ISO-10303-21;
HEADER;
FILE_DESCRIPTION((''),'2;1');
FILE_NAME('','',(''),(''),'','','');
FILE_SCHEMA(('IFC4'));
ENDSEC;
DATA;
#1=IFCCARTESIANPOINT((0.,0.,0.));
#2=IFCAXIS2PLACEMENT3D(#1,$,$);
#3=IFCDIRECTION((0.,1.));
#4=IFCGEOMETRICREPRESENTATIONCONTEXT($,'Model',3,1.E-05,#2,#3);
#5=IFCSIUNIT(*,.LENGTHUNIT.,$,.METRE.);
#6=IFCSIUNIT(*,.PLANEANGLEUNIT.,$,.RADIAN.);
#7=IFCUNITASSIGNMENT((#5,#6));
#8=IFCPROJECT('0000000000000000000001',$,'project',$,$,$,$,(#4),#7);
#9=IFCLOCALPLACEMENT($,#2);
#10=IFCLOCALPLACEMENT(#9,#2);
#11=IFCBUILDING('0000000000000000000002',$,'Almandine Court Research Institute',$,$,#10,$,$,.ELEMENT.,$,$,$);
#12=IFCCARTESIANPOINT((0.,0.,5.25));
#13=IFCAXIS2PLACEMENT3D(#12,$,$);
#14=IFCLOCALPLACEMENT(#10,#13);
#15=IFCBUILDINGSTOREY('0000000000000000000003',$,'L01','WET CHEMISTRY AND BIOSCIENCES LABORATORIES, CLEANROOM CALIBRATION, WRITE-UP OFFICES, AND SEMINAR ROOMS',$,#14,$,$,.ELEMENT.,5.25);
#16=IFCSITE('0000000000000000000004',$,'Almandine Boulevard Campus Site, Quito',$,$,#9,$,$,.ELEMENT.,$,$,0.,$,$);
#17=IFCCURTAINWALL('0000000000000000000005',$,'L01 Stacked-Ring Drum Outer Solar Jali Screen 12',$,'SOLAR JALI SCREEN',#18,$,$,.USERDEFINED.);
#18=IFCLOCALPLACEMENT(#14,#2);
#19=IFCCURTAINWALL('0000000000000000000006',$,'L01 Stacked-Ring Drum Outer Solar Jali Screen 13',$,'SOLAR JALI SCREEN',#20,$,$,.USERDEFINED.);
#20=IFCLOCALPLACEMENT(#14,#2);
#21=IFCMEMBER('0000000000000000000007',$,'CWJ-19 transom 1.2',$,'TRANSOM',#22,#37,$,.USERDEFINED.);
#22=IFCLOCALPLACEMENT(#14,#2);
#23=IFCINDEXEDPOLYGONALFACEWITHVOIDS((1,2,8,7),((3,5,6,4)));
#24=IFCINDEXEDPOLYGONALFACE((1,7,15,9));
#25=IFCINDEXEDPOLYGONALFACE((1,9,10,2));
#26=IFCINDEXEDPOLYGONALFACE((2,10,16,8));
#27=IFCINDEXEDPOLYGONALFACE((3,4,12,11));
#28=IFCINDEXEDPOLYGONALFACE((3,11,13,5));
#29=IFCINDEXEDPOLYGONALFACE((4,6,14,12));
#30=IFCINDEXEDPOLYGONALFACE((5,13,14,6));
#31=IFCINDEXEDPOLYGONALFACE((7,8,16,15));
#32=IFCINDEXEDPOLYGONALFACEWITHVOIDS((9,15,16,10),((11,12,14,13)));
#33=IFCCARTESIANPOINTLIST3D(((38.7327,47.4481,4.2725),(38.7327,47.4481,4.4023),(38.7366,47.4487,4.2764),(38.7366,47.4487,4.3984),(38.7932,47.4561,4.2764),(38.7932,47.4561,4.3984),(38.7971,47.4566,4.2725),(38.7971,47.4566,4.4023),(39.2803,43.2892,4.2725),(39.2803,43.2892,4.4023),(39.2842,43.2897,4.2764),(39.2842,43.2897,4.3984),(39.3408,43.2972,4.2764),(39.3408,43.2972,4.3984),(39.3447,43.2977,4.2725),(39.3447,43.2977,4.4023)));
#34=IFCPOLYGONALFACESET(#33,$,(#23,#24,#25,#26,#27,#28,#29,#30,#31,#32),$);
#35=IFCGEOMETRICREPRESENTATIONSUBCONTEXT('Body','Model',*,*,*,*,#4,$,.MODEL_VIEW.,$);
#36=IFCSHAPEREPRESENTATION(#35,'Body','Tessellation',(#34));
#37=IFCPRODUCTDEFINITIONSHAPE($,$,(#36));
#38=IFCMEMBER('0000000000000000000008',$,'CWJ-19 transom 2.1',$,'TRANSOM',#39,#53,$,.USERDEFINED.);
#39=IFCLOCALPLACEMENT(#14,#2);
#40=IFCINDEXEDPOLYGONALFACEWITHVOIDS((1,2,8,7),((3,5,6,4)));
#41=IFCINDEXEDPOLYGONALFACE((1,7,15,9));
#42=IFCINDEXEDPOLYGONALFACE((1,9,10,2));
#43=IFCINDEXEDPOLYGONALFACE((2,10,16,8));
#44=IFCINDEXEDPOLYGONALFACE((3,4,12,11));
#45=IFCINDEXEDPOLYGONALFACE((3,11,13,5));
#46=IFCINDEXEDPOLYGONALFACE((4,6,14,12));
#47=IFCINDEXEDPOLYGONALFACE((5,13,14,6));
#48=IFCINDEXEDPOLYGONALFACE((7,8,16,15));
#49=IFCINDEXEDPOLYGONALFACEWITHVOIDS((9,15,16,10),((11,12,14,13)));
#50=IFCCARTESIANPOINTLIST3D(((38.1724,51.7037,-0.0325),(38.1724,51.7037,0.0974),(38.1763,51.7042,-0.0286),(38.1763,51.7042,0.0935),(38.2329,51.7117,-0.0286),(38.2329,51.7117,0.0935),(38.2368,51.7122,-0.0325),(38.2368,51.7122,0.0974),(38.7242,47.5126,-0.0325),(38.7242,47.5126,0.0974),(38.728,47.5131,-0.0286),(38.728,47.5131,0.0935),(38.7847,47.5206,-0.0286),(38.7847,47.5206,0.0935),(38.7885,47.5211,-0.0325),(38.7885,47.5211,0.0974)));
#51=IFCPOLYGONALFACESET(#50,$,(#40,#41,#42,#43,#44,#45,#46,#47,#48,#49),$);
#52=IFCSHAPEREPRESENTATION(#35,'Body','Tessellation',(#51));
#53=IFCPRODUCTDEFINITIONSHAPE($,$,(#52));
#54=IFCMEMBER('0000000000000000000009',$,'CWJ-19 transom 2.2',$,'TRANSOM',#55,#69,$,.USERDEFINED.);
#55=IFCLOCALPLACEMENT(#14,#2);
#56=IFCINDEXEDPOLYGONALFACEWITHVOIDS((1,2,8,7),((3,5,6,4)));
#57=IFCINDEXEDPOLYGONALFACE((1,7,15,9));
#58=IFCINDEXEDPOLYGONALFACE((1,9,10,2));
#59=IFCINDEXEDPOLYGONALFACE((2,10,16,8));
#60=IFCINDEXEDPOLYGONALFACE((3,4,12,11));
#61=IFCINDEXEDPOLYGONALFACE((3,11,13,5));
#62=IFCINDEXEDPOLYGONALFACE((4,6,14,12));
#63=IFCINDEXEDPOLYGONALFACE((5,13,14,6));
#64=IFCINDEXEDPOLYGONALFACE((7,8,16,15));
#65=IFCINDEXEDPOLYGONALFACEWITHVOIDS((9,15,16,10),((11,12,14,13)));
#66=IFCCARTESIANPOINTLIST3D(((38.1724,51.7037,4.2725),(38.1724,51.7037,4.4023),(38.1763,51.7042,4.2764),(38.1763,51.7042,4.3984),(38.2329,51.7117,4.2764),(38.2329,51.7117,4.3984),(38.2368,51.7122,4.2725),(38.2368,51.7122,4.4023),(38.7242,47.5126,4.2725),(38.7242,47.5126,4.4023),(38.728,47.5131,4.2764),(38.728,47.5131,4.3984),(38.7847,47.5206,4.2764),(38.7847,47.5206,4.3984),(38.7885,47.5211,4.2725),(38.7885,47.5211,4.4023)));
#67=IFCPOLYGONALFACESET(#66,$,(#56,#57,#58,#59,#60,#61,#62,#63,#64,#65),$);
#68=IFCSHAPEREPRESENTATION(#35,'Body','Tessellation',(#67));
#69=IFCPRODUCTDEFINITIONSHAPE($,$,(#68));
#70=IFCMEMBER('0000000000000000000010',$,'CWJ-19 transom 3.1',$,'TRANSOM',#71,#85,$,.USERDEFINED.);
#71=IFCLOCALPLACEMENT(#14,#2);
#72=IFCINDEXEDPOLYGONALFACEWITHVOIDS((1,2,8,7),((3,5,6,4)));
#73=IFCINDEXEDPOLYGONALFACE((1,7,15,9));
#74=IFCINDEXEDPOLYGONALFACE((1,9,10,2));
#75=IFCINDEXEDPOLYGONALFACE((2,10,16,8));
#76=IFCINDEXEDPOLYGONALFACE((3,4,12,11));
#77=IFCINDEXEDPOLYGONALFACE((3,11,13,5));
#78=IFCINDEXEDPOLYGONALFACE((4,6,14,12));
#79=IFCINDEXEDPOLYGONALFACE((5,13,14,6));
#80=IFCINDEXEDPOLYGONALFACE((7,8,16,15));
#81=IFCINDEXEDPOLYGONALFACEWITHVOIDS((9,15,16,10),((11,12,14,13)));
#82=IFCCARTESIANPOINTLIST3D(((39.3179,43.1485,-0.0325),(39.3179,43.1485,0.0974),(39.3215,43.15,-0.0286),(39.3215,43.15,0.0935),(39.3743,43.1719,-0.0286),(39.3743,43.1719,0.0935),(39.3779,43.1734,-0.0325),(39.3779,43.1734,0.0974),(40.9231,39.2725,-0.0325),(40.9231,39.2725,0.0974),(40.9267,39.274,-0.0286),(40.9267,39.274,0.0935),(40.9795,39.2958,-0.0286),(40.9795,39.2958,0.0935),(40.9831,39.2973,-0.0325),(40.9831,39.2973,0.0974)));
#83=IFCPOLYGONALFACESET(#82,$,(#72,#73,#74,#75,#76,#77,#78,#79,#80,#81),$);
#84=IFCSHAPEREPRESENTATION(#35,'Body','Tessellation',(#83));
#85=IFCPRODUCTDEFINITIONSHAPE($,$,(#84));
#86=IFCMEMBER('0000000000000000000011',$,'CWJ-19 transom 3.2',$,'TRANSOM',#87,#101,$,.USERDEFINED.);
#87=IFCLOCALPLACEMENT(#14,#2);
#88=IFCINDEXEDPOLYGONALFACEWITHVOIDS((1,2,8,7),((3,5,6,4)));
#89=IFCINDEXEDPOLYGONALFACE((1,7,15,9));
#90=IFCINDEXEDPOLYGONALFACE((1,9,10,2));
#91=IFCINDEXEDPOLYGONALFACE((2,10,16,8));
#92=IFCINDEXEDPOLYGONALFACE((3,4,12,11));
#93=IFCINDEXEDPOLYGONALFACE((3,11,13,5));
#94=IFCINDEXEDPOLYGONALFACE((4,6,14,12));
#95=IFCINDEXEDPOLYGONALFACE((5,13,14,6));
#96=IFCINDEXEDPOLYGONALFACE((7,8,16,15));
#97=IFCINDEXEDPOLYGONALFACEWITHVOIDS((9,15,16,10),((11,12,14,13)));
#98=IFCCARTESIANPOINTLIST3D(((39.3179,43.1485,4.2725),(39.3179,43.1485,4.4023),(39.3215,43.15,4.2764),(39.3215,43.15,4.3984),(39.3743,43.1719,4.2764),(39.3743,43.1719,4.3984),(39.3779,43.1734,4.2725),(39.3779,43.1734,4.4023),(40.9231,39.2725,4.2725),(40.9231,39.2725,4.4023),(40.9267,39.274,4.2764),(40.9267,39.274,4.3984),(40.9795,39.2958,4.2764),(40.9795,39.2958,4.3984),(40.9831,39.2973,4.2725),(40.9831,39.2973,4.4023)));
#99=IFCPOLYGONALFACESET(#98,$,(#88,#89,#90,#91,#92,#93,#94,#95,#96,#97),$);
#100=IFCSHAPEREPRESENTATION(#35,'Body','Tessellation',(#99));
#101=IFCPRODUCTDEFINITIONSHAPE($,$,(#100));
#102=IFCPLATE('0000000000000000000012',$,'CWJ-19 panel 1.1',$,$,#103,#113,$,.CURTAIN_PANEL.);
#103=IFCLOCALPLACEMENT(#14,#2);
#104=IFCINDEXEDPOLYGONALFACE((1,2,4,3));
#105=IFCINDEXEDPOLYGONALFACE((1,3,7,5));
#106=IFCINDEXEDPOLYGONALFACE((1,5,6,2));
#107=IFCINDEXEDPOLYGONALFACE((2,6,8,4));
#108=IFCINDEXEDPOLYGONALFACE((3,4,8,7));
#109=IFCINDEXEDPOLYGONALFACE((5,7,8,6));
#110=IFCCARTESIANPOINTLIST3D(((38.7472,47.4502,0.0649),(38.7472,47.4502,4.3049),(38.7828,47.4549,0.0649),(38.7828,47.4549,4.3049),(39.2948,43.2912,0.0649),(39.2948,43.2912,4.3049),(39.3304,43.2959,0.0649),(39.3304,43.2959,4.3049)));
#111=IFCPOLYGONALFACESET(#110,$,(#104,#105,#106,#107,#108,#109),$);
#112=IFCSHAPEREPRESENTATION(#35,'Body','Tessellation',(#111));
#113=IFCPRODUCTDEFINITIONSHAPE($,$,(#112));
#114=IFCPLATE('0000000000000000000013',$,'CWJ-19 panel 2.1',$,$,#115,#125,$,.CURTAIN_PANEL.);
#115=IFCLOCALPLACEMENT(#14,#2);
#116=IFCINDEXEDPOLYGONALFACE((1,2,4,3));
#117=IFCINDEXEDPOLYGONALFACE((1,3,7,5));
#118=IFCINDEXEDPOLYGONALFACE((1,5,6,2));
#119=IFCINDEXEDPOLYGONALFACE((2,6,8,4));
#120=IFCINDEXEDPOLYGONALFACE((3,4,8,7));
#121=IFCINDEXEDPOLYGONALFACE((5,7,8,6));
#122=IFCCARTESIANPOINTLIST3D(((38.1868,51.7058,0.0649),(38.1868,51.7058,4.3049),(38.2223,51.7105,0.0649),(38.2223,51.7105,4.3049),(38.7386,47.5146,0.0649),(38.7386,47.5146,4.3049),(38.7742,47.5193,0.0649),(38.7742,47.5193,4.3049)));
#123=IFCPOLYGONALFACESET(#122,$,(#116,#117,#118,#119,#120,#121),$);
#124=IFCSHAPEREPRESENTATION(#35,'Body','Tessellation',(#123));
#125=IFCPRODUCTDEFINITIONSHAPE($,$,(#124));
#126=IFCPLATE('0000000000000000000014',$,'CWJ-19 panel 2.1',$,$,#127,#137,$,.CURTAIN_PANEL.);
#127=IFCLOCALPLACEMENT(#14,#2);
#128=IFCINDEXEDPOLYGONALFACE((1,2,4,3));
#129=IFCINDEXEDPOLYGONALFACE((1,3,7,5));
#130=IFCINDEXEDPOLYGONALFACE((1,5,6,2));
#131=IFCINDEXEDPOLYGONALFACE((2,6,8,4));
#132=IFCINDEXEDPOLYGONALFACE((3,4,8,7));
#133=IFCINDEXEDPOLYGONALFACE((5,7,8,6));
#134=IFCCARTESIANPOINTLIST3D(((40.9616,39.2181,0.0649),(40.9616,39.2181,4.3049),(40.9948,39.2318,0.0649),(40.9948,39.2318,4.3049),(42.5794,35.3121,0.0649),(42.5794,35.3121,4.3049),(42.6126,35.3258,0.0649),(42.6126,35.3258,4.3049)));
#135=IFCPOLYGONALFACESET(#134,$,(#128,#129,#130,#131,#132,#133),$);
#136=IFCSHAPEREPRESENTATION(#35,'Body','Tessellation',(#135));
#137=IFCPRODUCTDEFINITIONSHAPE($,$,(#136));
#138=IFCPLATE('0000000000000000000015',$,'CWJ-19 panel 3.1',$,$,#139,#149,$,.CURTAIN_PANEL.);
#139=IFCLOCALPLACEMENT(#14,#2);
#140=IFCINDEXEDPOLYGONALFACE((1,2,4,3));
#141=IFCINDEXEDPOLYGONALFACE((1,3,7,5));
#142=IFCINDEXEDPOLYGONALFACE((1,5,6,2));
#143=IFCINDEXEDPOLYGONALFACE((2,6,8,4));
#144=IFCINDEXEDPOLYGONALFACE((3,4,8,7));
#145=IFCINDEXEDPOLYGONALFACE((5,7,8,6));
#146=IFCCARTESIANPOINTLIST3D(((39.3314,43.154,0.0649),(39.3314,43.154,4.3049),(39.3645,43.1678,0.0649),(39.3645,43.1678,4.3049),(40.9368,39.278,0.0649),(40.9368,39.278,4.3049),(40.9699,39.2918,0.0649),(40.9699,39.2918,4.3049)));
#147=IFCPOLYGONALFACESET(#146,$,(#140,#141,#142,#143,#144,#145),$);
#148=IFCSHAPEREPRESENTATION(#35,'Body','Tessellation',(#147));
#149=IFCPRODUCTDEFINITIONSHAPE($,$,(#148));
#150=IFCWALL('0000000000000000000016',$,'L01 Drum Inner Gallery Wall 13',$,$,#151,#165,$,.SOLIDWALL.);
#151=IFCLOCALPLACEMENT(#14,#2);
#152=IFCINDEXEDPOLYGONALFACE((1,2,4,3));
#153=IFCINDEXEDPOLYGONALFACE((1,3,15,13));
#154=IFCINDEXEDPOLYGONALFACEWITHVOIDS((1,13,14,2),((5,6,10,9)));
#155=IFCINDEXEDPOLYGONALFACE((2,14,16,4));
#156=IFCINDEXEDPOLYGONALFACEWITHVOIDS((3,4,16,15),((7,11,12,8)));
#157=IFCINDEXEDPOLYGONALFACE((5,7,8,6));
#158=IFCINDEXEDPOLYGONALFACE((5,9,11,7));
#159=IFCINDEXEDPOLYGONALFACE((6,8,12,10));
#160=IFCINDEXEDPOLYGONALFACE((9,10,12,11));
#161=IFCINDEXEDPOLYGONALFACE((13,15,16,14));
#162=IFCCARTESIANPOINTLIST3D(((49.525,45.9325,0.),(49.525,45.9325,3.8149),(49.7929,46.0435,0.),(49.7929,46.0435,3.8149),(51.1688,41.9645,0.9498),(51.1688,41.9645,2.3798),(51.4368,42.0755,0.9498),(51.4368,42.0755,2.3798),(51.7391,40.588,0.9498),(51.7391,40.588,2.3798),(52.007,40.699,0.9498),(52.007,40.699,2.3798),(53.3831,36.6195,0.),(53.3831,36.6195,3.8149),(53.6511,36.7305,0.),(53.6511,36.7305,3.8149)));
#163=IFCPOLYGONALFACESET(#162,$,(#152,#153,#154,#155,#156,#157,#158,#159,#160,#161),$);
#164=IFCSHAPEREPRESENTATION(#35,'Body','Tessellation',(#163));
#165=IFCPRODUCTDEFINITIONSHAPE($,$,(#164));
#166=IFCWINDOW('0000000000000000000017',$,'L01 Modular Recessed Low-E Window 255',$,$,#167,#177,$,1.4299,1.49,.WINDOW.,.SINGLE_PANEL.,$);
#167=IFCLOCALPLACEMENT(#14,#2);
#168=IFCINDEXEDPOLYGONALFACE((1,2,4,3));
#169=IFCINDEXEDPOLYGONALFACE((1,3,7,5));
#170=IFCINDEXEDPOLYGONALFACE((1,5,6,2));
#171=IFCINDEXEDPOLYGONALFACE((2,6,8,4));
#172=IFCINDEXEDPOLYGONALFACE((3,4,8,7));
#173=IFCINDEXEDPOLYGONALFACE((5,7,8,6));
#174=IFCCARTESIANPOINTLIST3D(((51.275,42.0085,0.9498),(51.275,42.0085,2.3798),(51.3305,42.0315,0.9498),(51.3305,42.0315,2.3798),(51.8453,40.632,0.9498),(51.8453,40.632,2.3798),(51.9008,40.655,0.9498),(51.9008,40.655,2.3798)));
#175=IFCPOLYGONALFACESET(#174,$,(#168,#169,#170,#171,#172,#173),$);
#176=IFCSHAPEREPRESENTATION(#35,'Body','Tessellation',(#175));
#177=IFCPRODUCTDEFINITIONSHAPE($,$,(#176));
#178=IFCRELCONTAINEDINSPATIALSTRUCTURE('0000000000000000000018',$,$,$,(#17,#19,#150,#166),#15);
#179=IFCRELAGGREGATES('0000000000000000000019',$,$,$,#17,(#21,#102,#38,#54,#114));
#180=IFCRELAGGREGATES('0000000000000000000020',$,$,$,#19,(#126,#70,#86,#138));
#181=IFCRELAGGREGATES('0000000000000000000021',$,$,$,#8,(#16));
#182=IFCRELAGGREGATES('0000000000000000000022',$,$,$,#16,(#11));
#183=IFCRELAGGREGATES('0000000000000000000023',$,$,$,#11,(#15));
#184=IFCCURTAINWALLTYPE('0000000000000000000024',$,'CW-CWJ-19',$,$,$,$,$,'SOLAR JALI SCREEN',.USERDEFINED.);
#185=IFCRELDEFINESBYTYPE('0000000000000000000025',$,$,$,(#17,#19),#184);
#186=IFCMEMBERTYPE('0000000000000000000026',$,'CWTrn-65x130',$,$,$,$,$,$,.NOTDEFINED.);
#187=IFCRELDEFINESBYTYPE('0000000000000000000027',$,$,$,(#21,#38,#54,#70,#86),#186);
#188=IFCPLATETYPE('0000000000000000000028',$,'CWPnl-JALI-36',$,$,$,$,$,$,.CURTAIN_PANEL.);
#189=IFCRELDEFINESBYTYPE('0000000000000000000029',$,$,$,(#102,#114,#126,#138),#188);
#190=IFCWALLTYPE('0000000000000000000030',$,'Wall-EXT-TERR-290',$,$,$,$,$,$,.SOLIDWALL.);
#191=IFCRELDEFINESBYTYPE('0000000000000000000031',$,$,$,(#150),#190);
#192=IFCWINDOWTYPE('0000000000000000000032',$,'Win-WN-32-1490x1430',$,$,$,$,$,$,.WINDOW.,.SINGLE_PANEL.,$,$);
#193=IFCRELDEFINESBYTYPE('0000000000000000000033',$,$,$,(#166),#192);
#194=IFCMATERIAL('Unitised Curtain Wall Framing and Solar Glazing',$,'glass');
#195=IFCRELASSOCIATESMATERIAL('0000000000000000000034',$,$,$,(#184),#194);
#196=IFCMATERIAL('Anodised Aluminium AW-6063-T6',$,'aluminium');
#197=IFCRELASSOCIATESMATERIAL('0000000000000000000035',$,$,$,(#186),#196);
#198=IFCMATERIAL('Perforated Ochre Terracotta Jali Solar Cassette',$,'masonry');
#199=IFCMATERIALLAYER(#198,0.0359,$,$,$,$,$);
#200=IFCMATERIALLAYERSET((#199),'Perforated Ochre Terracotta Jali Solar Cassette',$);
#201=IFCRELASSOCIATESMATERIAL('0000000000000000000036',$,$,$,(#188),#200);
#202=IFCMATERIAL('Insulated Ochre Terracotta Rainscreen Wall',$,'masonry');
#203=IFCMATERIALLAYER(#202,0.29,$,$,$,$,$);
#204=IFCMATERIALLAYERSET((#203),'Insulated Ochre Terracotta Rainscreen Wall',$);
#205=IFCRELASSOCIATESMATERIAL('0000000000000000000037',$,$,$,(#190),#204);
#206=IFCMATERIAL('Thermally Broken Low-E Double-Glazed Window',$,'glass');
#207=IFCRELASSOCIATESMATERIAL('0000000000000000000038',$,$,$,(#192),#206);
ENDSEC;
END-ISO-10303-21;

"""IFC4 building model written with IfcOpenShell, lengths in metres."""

from ifc_helpers import new_model, si_unit, direction, frame, frame_2d, origin, origin_2d, place, context, subcontext, project, spatial, rectangle, hollow_rectangle, extrude, material, layer, layer_set, material_profile, profile_set, type_object, element, fill, aggregate, save


model = new_model("IFC4")

# Units and contexts
model_context = context("Model", 3, precision=1e-05, world=origin(), true_north=direction((0.0, 1.0)))
body_context = subcontext(model_context, "Body", "Model", "MODEL_VIEW")
ifc_project = project(units=[si_unit("LENGTHUNIT", "METRE"), si_unit("PLANEANGLEUNIT", "RADIAN")], contexts=[model_context])

# Site, building, storey
site_placement = place(None, origin())
site = spatial("IfcSite", under=ifc_project, at=site_placement, Name="Almandine Boulevard Campus Site, Quito", CompositionType="ELEMENT", RefElevation=0.0)
building_placement = place(site_placement, origin())
building = spatial("IfcBuilding", under=site, at=building_placement, Name="Almandine Court Research Institute", CompositionType="ELEMENT")
storey_placement = place(building_placement, frame((0.0, 0.0, 5.25)))
storey = spatial("IfcBuildingStorey", under=building, at=storey_placement, Name="L01", Description="WET CHEMISTRY AND BIOSCIENCES LABORATORIES, CLEANROOM CALIBRATION, WRITE-UP OFFICES, AND SEMINAR ROOMS", CompositionType="ELEMENT", Elevation=5.25)

# Curtain walls
ifc_material_1 = material(Name="Unitised Curtain Wall Framing and Solar Glazing", Category="glass")
curtain_wall_type = type_object("IfcCurtainWallType", Name="CW-CWJ-19", ElementType="SOLAR JALI SCREEN", PredefinedType="USERDEFINED", material=ifc_material_1)
curtain_wall_1_placement = place(storey_placement, origin())
curtain_wall_1 = element("IfcCurtainWall", 1, at=curtain_wall_1_placement, inside=storey, type_object=curtain_wall_type, Name="L01 Stacked-Ring Drum Outer Solar Jali Screen 12", ObjectType="SOLAR JALI SCREEN", PredefinedType="USERDEFINED")
ifc_material_2 = material(Name="Anodised Aluminium AW-6063-T6", Category="aluminium")
curtain_wall_2_placement = place(storey_placement, origin())
curtain_wall_2 = element("IfcCurtainWall", 2, at=curtain_wall_2_placement, inside=storey, type_object=curtain_wall_type, Name="L01 Stacked-Ring Drum Outer Solar Jali Screen 13", ObjectType="SOLAR JALI SCREEN", PredefinedType="USERDEFINED")

# Members
ifc_material_profile_1 = material_profile(ifc_material_2, hollow_rectangle(XDim=0.0649, YDim=0.1299, WallThickness=0.0039, at=origin_2d()), Name="ALU RHS 65x130x4")
ifc_profile_set_1 = profile_set([ifc_material_profile_1], Name="Anodised Aluminium AW-6063-T6")
member_type_1 = type_object("IfcMemberType", Name="CWTrn-65x130", PredefinedType="NOTDEFINED", material=ifc_profile_set_1)
member_1_placement = place(storey_placement, frame((39.3125, 43.2935, 4.3374), z_axis=(-0.130543, 0.991443, 0.0), x_axis=(-0.991443, -0.130543, 0.0)))
member_1 = element("IfcMember", 3, at=member_1_placement, type_object=member_type_1, Name="CWJ-19 transom 1.2", ObjectType="TRANSOM", PredefinedType="USERDEFINED", context=body_context, shape_type="SweptSolid", body=[
    extrude(hollow_rectangle(XDim=0.0649, YDim=0.1299, WallThickness=0.0039, at=origin_2d()), origin(), (0.0, 0.0, 1.0), 4.1948),
])
member_2_placement = place(storey_placement, frame((38.7563, 47.5168, 0.0325), z_axis=(-0.130522, 0.991445, 0.0), x_axis=(-0.991445, -0.130522, 0.0)))
member_2 = element("IfcMember", 4, at=member_2_placement, type_object=member_type_1, Name="CWJ-19 transom 2.1", ObjectType="TRANSOM", PredefinedType="USERDEFINED", context=body_context, shape_type="SweptSolid", body=[
    extrude(hollow_rectangle(XDim=0.0649, YDim=0.1299, WallThickness=0.0039, at=origin_2d()), origin(), (0.0, 0.0, 1.0), 4.2273),
])
member_3_placement = place(storey_placement, frame((38.7563, 47.5168, 4.3374), z_axis=(-0.130522, 0.991445, 0.0), x_axis=(-0.991445, -0.130522, 0.0)))
member_3 = element("IfcMember", 5, at=member_3_placement, type_object=member_type_1, Name="CWJ-19 transom 2.2", ObjectType="TRANSOM", PredefinedType="USERDEFINED", context=body_context, shape_type="SweptSolid", body=[
    extrude(hollow_rectangle(XDim=0.0649, YDim=0.1299, WallThickness=0.0039, at=origin_2d()), origin(), (0.0, 0.0, 1.0), 4.2273),
])
member_4_placement = place(storey_placement, frame((40.9531, 39.2849, 0.0325), z_axis=(-0.382631, 0.923901, 0.0), x_axis=(-0.923901, -0.382631, 0.0)))
member_4 = element("IfcMember", 6, at=member_4_placement, type_object=member_type_1, Name="CWJ-19 transom 3.1", ObjectType="TRANSOM", PredefinedType="USERDEFINED", context=body_context, shape_type="SweptSolid", body=[
    extrude(hollow_rectangle(XDim=0.0649, YDim=0.1299, WallThickness=0.0039, at=origin_2d()), origin(), (0.0, 0.0, 1.0), 4.1953),
])
member_5_placement = place(storey_placement, frame((40.9531, 39.2849, 4.3374), z_axis=(-0.382631, 0.923901, 0.0), x_axis=(-0.923901, -0.382631, 0.0)))
member_5 = element("IfcMember", 7, at=member_5_placement, type_object=member_type_1, Name="CWJ-19 transom 3.2", ObjectType="TRANSOM", PredefinedType="USERDEFINED", context=body_context, shape_type="SweptSolid", body=[
    extrude(hollow_rectangle(XDim=0.0649, YDim=0.1299, WallThickness=0.0039, at=origin_2d()), origin(), (0.0, 0.0, 1.0), 4.1953),
])

# Plates
ifc_material_3 = material(Name="Perforated Ochre Terracotta Jali Solar Cassette", Category="masonry")
ifc_layer_1 = layer(ifc_material_3, 0.0359)
ifc_layer_set_1 = layer_set([ifc_layer_1], Name="Perforated Ochre Terracotta Jali Solar Cassette")
plate_type = type_object("IfcPlateType", Name="CWPnl-JALI-36", PredefinedType="CURTAIN_PANEL", material=ifc_layer_set_1)
plate_1_placement = place(storey_placement, frame((39.0388, 45.373, 0.0649), z_axis=(0.0, 0.0, 1.0), x_axis=(-0.130541, 0.991443, 0.0)))
plate_1 = element("IfcPlate", 8, at=plate_1_placement, type_object=plate_type, Name="CWJ-19 panel 1.1", PredefinedType="CURTAIN_PANEL", context=body_context, shape_type="SweptSolid", body=[
    extrude(rectangle(XDim=4.1948, YDim=0.0359, at=origin_2d()), origin(), (0.0, 0.0, 1.0), 4.24),
])
plate_2_placement = place(storey_placement, frame((38.4805, 49.6125, 0.0649), z_axis=(0.0, 0.0, 1.0), x_axis=(-0.130541, 0.991443, 0.0)))
plate_2 = element("IfcPlate", 9, at=plate_2_placement, type_object=plate_type, Name="CWJ-19 panel 2.1", PredefinedType="CURTAIN_PANEL", context=body_context, shape_type="SweptSolid", body=[
    extrude(rectangle(XDim=4.2273, YDim=0.0359, at=origin_2d()), origin(), (0.0, 0.0, 1.0), 4.24),
])
aggregate(curtain_wall_1, [member_1, plate_1, member_2, member_3, plate_2])
plate_3_placement = place(storey_placement, frame((41.7871, 37.272, 0.0649), z_axis=(0.0, 0.0, 1.0), x_axis=(-0.382663, 0.923888, 0.0)))
plate_3 = element("IfcPlate", 10, at=plate_3_placement, type_object=plate_type, Name="CWJ-19 panel 2.1", PredefinedType="CURTAIN_PANEL", context=body_context, shape_type="SweptSolid", body=[
    extrude(rectangle(XDim=4.2278, YDim=0.0359, at=origin_2d()), origin(), (0.0, 0.0, 1.0), 4.24),
])
plate_4_placement = place(storey_placement, frame((40.1506, 41.2229, 0.0649), z_axis=(0.0, 0.0, 1.0), x_axis=(-0.382663, 0.923888, 0.0)))
plate_4 = element("IfcPlate", 11, at=plate_4_placement, type_object=plate_type, Name="CWJ-19 panel 3.1", PredefinedType="CURTAIN_PANEL", context=body_context, shape_type="SweptSolid", body=[
    extrude(rectangle(XDim=4.1953, YDim=0.0359, at=origin_2d()), origin(), (0.0, 0.0, 1.0), 4.24),
])
aggregate(curtain_wall_2, [plate_3, member_4, member_5, plate_4])

# Wall, opening, window
ifc_material_4 = material(Name="Insulated Ochre Terracotta Rainscreen Wall", Category="masonry")
ifc_layer_2 = layer(ifc_material_4, 0.29)
ifc_layer_set_2 = layer_set([ifc_layer_2], Name="Insulated Ochre Terracotta Rainscreen Wall")
wall_type_1 = type_object("IfcWallType", Name="Wall-EXT-TERR-290", PredefinedType="SOLIDWALL", material=ifc_layer_set_2)
wall_1_placement = place(storey_placement, frame((49.6589, 45.988, 0.0), z_axis=(0.0, 0.0, 1.0), x_axis=(0.382733, -0.923859, 0.0)))
wall_1 = element("IfcWall", 12, at=wall_1_placement, inside=storey, type_object=wall_type_1, Name="L01 Drum Inner Gallery Wall 13", PredefinedType="SOLIDWALL", context=body_context, shape_type="SweptSolid", body=[
    extrude(rectangle(XDim=10.0806, YDim=0.29, at=frame_2d((5.0403, 0.0))), origin(), (0.0, 0.0, 1.0), 3.8149),
])
opening_placement = place(wall_1_placement, frame((4.2949, 0.0, 0.95)))
opening = element("IfcOpeningElement", 13, at=opening_placement, cuts=wall_1, PredefinedType="OPENING", context=body_context, shape_type="SweptSolid", body=[
    extrude(rectangle(XDim=1.49, YDim=1.4299, at=frame_2d((0.7451, 0.7148))), frame((0.0, 0.155, 0.0), z_axis=(0.0, -1.0, 0.0), x_axis=(1.0, 0.0, 0.0)), (0.0, 0.0, 1.0), 0.3101),
])
ifc_material_5 = material(Name="Thermally Broken Low-E Double-Glazed Window", Category="glass")
window_type = type_object("IfcWindowType", Name="Win-WN-32-1490x1430", PartitioningType="SINGLE_PANEL", PredefinedType="WINDOW", material=ifc_material_5)
window_placement = place(opening_placement, origin())
window = element("IfcWindow", 14, at=window_placement, inside=storey, type_object=window_type, Name="L01 Modular Recessed Low-E Window 255", OverallHeight=1.4299, OverallWidth=1.49, PartitioningType="SINGLE_PANEL", PredefinedType="WINDOW", context=body_context, shape_type="SweptSolid", body=[
    extrude(rectangle(XDim=1.49, YDim=1.4299, at=frame_2d((0.7451, 0.7148))), frame((0.0, 0.03, 0.0), z_axis=(0.0, -1.0, 0.0), x_axis=(1.0, 0.0, 0.0)), (0.0, 0.0, 1.0), 0.0601),
])
fill(opening, window)

save(model, "model.ifc")
